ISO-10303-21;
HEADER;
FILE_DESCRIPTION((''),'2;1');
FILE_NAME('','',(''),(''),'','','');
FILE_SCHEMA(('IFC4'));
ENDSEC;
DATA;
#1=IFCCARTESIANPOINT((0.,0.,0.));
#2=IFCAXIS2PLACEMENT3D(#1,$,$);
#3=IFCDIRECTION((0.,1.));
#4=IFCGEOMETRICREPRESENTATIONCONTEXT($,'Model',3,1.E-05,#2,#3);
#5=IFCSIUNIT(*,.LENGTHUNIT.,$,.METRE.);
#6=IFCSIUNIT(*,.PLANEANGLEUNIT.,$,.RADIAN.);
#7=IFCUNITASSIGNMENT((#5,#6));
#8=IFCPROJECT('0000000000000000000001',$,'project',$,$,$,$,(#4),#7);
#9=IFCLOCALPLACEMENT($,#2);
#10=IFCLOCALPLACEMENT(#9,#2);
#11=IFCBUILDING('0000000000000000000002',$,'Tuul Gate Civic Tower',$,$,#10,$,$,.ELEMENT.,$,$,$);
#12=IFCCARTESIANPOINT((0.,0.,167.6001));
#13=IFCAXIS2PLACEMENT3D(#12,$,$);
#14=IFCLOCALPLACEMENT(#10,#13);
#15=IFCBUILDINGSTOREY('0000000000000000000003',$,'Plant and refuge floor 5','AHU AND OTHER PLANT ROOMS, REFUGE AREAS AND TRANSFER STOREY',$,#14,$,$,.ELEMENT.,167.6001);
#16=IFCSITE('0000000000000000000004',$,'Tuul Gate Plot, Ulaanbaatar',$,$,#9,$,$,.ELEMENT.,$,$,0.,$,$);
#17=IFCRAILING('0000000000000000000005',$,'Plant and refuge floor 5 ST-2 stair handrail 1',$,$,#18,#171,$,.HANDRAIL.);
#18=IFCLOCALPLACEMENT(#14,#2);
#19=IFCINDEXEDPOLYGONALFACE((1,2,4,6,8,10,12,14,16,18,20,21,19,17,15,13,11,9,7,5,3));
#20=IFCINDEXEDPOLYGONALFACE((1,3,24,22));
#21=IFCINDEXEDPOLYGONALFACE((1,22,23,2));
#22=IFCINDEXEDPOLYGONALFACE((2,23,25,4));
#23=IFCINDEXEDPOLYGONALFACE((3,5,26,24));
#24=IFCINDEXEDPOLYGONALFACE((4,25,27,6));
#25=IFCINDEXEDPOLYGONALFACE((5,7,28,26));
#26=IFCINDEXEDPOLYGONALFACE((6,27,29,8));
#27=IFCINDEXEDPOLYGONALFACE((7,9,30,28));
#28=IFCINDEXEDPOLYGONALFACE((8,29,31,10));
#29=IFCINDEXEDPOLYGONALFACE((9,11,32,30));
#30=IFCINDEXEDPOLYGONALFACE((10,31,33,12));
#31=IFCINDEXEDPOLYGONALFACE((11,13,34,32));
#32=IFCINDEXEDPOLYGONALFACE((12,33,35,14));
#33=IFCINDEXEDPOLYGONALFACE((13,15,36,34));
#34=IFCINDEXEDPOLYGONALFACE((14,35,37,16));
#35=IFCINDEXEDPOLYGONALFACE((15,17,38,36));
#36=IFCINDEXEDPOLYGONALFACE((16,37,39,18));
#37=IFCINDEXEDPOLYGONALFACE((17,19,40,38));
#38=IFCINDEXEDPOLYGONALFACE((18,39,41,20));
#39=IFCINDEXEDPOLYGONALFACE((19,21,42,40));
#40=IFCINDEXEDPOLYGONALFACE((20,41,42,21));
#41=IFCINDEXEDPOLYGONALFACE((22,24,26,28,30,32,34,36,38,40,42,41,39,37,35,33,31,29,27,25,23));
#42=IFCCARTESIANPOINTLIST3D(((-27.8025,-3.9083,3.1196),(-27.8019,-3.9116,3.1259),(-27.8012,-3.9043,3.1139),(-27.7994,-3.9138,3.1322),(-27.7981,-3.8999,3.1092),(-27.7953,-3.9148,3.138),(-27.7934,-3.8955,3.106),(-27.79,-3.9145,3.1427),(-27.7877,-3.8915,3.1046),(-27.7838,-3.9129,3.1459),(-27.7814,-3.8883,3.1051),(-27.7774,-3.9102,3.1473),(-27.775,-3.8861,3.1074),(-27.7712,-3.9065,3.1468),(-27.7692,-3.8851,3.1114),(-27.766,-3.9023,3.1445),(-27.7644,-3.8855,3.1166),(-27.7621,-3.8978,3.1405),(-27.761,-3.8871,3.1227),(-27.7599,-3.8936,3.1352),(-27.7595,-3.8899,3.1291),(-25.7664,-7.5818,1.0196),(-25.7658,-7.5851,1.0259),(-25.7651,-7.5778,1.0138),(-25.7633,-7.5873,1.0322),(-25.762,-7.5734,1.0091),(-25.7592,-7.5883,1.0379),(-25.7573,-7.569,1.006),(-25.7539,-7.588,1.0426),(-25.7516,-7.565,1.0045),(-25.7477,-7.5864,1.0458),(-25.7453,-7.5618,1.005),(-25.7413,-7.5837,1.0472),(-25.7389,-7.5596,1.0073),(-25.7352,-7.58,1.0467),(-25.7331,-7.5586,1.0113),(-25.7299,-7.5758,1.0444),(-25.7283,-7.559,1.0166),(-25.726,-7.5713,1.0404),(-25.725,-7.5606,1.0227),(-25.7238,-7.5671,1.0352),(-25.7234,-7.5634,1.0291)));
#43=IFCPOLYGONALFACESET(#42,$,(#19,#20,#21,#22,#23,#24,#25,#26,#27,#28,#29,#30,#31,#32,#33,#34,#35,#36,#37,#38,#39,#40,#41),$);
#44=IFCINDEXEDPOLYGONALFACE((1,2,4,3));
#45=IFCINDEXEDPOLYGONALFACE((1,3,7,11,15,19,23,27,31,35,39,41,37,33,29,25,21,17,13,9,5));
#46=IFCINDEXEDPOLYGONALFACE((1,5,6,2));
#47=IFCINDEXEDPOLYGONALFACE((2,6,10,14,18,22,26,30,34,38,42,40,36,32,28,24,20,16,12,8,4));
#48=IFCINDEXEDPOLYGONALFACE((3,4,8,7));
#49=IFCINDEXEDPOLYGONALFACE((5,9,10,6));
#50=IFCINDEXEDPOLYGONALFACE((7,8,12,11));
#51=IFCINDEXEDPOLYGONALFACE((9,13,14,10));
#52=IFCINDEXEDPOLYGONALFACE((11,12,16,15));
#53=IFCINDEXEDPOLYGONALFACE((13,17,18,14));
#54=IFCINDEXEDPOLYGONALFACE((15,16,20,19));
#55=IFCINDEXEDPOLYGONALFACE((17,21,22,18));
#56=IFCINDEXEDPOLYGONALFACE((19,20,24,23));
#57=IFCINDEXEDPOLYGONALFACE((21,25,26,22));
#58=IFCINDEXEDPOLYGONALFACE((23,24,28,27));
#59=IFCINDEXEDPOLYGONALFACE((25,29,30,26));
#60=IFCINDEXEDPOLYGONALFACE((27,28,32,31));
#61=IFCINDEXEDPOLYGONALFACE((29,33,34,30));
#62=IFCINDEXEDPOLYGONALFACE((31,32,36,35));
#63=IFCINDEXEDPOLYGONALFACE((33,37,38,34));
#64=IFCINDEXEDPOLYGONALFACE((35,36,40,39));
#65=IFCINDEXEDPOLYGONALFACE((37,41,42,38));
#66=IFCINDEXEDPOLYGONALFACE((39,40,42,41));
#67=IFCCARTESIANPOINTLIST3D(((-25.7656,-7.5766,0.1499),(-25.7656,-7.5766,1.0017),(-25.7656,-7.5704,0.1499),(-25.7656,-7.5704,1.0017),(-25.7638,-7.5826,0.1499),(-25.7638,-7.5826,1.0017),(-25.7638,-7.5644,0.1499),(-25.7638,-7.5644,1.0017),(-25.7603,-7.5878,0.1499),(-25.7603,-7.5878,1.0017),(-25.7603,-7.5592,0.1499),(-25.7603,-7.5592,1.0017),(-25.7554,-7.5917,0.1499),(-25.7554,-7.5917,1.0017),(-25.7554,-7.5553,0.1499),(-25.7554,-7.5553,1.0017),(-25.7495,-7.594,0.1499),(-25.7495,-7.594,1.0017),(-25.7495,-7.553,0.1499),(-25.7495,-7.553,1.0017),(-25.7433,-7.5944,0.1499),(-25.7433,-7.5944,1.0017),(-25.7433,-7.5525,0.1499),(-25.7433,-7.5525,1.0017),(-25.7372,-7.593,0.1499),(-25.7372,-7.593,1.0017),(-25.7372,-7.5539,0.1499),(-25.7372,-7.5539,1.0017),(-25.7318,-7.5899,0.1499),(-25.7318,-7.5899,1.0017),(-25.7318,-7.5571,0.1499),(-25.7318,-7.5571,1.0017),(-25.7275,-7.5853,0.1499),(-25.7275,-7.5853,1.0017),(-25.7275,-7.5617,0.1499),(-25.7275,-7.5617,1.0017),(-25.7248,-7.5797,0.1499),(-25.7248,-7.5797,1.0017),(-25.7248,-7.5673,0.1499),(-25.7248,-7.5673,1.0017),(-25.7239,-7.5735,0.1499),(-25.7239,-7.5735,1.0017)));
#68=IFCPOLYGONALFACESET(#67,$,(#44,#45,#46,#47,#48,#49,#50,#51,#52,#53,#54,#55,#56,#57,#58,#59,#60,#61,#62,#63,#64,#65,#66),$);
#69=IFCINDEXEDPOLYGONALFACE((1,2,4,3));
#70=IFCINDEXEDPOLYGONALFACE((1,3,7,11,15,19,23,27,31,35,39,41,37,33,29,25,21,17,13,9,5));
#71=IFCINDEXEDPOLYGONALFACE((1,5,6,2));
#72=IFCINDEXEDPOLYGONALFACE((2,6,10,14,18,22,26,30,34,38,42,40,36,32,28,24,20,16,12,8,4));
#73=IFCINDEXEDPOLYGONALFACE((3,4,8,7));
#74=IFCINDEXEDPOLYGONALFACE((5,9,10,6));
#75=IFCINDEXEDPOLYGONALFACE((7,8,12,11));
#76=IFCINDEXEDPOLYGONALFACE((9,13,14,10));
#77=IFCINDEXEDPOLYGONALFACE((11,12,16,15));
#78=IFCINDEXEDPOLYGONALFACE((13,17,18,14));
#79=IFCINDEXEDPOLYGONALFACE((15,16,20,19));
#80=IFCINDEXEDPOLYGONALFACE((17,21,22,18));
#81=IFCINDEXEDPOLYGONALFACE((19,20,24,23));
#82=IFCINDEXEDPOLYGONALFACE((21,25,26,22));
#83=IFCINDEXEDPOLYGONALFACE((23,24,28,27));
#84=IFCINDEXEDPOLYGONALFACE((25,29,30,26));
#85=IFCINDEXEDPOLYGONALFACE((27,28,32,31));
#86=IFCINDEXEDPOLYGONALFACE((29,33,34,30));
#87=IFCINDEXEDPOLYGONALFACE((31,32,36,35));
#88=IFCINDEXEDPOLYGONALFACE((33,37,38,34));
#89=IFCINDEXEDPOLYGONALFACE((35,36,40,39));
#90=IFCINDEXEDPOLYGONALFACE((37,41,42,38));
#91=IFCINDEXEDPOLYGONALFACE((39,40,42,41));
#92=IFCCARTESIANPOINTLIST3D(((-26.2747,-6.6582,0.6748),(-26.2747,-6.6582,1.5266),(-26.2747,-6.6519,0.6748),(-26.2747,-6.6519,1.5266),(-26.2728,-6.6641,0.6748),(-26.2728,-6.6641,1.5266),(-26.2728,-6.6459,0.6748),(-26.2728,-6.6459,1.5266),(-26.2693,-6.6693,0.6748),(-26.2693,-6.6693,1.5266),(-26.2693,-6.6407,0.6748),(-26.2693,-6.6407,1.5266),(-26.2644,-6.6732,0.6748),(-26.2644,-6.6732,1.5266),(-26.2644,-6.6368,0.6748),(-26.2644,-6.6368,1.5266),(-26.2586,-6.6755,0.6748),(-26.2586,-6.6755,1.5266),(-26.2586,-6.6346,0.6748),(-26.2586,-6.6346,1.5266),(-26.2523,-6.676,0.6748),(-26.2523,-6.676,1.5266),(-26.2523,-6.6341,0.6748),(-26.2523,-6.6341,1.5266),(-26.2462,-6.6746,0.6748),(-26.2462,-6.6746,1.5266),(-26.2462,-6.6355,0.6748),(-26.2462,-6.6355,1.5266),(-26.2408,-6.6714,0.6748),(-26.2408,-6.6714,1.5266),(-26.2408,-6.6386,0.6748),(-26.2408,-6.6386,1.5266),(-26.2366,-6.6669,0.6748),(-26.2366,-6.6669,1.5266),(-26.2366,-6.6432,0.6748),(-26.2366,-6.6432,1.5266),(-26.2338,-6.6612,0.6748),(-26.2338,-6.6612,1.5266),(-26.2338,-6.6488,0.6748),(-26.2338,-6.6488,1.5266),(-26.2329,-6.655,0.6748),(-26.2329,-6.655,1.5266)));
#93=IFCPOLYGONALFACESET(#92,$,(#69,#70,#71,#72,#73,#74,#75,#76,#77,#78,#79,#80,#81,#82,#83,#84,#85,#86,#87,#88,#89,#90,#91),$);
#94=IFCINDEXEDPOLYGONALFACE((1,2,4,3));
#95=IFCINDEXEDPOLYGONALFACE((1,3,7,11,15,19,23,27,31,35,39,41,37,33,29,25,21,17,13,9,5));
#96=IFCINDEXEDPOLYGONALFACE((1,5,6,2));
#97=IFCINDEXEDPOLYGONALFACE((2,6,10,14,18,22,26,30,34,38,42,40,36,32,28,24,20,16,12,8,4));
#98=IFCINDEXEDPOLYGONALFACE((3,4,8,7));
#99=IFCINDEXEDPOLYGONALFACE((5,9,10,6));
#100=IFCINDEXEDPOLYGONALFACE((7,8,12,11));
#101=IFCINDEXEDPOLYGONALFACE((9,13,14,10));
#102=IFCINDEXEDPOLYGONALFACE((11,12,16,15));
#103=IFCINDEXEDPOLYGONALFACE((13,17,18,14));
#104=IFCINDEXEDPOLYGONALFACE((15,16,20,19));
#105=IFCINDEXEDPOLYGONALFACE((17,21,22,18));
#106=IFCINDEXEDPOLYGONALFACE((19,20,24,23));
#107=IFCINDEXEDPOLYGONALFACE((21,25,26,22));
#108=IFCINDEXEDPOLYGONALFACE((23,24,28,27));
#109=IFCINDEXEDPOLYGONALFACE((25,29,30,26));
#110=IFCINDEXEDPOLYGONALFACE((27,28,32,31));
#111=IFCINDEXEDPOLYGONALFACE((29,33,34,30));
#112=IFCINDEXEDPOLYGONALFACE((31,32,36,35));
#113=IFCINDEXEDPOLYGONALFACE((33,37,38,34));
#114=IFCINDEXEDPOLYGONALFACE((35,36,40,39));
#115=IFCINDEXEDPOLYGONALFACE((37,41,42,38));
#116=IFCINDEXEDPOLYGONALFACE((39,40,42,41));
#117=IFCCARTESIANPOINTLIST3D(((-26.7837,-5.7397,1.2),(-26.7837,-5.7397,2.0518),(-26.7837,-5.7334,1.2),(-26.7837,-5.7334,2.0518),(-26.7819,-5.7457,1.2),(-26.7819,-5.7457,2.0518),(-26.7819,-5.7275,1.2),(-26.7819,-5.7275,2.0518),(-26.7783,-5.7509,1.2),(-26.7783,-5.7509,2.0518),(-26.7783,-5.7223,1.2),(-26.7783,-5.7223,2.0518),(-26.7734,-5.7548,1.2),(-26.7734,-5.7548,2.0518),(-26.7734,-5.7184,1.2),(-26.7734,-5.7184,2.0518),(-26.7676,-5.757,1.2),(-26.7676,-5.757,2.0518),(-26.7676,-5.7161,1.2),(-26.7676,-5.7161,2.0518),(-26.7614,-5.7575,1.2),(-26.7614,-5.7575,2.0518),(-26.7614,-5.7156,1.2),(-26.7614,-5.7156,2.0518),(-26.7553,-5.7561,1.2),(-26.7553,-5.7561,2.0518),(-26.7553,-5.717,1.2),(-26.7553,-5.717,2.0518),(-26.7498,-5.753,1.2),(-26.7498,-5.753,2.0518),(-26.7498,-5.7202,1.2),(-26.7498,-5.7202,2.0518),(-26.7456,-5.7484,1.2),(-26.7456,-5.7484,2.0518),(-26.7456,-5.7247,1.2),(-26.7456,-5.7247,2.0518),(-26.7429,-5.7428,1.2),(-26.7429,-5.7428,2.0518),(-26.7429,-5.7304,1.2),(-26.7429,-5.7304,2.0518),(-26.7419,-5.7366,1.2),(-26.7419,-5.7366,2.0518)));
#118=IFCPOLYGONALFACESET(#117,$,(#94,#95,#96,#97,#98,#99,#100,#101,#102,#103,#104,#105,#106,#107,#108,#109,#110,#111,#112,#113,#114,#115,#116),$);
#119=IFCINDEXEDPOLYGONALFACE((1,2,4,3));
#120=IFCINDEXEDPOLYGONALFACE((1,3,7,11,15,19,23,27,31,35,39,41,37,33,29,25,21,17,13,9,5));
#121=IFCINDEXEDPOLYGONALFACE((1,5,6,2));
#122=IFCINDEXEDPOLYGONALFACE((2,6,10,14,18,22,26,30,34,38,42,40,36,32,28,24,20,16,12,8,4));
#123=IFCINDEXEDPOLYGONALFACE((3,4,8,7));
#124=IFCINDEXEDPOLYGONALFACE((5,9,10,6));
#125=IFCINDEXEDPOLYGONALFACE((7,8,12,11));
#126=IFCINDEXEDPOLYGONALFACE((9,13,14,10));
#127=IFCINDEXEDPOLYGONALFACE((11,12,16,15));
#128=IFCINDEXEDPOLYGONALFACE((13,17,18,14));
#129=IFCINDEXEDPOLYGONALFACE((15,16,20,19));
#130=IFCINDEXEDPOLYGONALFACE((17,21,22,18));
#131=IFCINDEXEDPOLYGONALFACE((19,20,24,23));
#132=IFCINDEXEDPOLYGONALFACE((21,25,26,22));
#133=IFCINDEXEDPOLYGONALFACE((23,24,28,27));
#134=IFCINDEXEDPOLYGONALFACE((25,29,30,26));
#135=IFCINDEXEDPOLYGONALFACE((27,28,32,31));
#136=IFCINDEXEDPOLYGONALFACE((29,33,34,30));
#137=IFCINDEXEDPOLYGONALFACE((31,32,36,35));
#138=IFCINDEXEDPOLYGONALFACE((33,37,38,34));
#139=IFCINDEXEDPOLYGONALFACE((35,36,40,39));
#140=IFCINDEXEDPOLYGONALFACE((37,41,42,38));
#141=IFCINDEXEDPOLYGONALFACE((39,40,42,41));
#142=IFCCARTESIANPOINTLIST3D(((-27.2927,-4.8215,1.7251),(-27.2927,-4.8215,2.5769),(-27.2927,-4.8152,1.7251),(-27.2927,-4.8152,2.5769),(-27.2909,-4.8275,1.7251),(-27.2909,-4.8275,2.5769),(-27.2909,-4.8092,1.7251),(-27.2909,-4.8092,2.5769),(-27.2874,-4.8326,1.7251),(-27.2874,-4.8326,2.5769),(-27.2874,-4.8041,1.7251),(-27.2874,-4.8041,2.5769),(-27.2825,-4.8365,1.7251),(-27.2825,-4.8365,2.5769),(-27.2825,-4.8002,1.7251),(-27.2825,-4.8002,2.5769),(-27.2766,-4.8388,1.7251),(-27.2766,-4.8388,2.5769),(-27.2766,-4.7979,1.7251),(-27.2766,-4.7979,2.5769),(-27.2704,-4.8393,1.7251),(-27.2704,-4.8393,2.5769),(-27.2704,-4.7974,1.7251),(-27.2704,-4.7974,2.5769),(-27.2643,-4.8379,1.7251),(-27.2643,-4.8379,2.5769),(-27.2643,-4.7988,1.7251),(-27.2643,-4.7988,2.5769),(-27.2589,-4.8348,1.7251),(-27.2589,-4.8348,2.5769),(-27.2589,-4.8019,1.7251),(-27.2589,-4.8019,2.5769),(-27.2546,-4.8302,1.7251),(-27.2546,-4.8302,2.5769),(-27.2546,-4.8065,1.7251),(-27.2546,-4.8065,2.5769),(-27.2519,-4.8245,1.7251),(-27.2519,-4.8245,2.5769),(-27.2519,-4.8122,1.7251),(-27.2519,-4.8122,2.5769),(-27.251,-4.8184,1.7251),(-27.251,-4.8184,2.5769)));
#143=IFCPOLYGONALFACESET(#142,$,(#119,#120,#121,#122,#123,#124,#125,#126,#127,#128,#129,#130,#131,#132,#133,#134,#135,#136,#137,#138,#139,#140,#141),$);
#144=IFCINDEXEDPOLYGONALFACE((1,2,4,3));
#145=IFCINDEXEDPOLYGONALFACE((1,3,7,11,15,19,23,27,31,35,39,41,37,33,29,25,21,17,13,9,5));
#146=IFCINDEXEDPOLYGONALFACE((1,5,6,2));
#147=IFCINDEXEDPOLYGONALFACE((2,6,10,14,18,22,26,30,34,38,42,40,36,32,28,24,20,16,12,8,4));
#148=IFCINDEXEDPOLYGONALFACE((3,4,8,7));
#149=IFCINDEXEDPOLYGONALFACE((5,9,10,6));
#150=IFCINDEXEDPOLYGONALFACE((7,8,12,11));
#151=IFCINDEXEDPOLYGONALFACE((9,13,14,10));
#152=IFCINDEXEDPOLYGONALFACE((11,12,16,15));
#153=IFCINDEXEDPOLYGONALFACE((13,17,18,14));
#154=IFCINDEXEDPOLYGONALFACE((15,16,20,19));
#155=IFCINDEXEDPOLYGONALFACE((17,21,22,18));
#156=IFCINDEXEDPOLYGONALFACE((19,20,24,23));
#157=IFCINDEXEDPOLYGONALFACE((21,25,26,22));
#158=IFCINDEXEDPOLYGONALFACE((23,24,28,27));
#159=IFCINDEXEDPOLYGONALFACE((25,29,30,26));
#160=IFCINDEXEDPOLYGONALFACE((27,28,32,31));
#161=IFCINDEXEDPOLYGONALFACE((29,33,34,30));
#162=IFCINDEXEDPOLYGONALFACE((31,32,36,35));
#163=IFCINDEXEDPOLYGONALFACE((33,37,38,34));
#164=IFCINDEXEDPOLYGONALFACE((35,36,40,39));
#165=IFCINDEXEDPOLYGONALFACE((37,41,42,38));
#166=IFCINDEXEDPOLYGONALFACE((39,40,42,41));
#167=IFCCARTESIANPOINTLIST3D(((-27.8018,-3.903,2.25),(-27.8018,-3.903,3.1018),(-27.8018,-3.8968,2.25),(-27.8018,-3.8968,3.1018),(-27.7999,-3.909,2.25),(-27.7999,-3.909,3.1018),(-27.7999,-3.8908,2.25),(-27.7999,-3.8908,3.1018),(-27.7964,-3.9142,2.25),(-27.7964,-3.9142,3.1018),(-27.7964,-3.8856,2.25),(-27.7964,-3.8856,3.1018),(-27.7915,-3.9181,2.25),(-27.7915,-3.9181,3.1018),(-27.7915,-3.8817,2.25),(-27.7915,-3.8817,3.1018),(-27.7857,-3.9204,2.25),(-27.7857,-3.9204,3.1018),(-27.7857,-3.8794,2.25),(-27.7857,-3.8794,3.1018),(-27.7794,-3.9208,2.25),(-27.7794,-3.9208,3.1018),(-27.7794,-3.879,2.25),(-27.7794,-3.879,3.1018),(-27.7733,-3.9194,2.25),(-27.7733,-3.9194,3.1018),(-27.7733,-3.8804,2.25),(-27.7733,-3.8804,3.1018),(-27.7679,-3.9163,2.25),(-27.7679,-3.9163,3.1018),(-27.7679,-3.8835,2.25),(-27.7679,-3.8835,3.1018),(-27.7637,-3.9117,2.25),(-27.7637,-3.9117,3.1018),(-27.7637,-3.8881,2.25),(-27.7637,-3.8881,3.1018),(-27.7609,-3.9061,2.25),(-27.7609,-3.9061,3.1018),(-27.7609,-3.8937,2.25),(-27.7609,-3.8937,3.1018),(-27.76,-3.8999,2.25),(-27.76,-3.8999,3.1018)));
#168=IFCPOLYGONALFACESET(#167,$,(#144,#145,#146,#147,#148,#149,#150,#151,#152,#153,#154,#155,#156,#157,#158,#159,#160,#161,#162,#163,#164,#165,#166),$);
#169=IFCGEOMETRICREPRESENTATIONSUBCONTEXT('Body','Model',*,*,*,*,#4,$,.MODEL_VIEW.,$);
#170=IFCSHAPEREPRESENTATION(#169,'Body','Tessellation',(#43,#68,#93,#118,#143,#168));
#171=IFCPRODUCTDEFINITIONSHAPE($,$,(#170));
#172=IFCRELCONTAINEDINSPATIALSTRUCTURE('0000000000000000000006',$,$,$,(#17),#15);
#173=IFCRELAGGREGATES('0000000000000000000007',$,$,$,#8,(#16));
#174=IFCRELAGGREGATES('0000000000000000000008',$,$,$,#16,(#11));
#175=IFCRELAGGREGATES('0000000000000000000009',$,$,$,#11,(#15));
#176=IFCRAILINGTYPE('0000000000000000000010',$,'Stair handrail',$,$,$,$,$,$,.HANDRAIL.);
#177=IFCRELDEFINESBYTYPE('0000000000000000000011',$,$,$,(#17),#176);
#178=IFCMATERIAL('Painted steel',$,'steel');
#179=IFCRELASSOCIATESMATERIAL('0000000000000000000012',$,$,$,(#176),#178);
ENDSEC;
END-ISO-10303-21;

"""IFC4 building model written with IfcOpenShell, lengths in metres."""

from ifc_helpers import new_model, si_unit, direction, frame, origin, origin_2d, place, context, subcontext, project, spatial, circle, extrude, material, type_object, element, save


model = new_model("IFC4")

# Units and contexts
model_context = context("Model", 3, precision=1e-05, world=origin(), true_north=direction((0.0, 1.0)))
body_context = subcontext(model_context, "Body", "Model", "MODEL_VIEW")
ifc_project = project(units=[si_unit("LENGTHUNIT", "METRE"), si_unit("PLANEANGLEUNIT", "RADIAN")], contexts=[model_context])

# Site, building, storey
site_placement = place(None, origin())
site = spatial("IfcSite", under=ifc_project, at=site_placement, Name="Tuul Gate Plot, Ulaanbaatar", CompositionType="ELEMENT", RefElevation=0.0)
building_placement = place(site_placement, origin())
building = spatial("IfcBuilding", under=site, at=building_placement, Name="Tuul Gate Civic Tower", CompositionType="ELEMENT")
storey_placement = place(building_placement, frame((0.0, 0.0, 167.6001)))
storey = spatial("IfcBuildingStorey", under=building, at=storey_placement, Name="Plant and refuge floor 5", Description="AHU AND OTHER PLANT ROOMS, REFUGE AREAS AND TRANSFER STOREY", CompositionType="ELEMENT", Elevation=167.6001)

# Railing
ifc_material_1 = material(Name="Painted steel", Category="steel")
railing_type_1 = type_object("IfcRailingType", Name="Stair handrail", PredefinedType="HANDRAIL", material=ifc_material_1)
railing_1_placement = place(storey_placement, frame((-25.7449, -7.5735, 0.1499)))
element("IfcRailing", 1, at=railing_1_placement, inside=storey, type_object=railing_type_1, Name="Plant and refuge floor 5 ST-2 stair handrail 1", PredefinedType="HANDRAIL", context=body_context, shape_type="SweptSolid", body=[
    extrude(circle(Radius=0.0239, at=origin_2d()), frame((0.0, 0.0, 0.876), z_axis=(-0.433598, 0.782296, 0.44722), x_axis=(-0.874637, -0.484779, 0.0)), (0.0, 0.0, 1.0), 4.6958),
    extrude(circle(Radius=0.021, at=origin_2d()), origin(), (0.0, 0.0, 1.0), 0.8518),
    extrude(circle(Radius=0.021, at=origin_2d()), frame((-0.509, 0.9185, 0.5249)), (0.0, 0.0, 1.0), 0.8518),
    extrude(circle(Radius=0.021, at=origin_2d()), frame((-1.0181, 1.8369, 1.05)), (0.0, 0.0, 1.0), 0.8518),
    extrude(circle(Radius=0.021, at=origin_2d()), frame((-1.5271, 2.7551, 1.5752)), (0.0, 0.0, 1.0), 0.8518),
    extrude(circle(Radius=0.021, at=origin_2d()), frame((-2.0361, 3.6736, 2.1001)), (0.0, 0.0, 1.0), 0.8518),
])

save(model, "model.ifc")
